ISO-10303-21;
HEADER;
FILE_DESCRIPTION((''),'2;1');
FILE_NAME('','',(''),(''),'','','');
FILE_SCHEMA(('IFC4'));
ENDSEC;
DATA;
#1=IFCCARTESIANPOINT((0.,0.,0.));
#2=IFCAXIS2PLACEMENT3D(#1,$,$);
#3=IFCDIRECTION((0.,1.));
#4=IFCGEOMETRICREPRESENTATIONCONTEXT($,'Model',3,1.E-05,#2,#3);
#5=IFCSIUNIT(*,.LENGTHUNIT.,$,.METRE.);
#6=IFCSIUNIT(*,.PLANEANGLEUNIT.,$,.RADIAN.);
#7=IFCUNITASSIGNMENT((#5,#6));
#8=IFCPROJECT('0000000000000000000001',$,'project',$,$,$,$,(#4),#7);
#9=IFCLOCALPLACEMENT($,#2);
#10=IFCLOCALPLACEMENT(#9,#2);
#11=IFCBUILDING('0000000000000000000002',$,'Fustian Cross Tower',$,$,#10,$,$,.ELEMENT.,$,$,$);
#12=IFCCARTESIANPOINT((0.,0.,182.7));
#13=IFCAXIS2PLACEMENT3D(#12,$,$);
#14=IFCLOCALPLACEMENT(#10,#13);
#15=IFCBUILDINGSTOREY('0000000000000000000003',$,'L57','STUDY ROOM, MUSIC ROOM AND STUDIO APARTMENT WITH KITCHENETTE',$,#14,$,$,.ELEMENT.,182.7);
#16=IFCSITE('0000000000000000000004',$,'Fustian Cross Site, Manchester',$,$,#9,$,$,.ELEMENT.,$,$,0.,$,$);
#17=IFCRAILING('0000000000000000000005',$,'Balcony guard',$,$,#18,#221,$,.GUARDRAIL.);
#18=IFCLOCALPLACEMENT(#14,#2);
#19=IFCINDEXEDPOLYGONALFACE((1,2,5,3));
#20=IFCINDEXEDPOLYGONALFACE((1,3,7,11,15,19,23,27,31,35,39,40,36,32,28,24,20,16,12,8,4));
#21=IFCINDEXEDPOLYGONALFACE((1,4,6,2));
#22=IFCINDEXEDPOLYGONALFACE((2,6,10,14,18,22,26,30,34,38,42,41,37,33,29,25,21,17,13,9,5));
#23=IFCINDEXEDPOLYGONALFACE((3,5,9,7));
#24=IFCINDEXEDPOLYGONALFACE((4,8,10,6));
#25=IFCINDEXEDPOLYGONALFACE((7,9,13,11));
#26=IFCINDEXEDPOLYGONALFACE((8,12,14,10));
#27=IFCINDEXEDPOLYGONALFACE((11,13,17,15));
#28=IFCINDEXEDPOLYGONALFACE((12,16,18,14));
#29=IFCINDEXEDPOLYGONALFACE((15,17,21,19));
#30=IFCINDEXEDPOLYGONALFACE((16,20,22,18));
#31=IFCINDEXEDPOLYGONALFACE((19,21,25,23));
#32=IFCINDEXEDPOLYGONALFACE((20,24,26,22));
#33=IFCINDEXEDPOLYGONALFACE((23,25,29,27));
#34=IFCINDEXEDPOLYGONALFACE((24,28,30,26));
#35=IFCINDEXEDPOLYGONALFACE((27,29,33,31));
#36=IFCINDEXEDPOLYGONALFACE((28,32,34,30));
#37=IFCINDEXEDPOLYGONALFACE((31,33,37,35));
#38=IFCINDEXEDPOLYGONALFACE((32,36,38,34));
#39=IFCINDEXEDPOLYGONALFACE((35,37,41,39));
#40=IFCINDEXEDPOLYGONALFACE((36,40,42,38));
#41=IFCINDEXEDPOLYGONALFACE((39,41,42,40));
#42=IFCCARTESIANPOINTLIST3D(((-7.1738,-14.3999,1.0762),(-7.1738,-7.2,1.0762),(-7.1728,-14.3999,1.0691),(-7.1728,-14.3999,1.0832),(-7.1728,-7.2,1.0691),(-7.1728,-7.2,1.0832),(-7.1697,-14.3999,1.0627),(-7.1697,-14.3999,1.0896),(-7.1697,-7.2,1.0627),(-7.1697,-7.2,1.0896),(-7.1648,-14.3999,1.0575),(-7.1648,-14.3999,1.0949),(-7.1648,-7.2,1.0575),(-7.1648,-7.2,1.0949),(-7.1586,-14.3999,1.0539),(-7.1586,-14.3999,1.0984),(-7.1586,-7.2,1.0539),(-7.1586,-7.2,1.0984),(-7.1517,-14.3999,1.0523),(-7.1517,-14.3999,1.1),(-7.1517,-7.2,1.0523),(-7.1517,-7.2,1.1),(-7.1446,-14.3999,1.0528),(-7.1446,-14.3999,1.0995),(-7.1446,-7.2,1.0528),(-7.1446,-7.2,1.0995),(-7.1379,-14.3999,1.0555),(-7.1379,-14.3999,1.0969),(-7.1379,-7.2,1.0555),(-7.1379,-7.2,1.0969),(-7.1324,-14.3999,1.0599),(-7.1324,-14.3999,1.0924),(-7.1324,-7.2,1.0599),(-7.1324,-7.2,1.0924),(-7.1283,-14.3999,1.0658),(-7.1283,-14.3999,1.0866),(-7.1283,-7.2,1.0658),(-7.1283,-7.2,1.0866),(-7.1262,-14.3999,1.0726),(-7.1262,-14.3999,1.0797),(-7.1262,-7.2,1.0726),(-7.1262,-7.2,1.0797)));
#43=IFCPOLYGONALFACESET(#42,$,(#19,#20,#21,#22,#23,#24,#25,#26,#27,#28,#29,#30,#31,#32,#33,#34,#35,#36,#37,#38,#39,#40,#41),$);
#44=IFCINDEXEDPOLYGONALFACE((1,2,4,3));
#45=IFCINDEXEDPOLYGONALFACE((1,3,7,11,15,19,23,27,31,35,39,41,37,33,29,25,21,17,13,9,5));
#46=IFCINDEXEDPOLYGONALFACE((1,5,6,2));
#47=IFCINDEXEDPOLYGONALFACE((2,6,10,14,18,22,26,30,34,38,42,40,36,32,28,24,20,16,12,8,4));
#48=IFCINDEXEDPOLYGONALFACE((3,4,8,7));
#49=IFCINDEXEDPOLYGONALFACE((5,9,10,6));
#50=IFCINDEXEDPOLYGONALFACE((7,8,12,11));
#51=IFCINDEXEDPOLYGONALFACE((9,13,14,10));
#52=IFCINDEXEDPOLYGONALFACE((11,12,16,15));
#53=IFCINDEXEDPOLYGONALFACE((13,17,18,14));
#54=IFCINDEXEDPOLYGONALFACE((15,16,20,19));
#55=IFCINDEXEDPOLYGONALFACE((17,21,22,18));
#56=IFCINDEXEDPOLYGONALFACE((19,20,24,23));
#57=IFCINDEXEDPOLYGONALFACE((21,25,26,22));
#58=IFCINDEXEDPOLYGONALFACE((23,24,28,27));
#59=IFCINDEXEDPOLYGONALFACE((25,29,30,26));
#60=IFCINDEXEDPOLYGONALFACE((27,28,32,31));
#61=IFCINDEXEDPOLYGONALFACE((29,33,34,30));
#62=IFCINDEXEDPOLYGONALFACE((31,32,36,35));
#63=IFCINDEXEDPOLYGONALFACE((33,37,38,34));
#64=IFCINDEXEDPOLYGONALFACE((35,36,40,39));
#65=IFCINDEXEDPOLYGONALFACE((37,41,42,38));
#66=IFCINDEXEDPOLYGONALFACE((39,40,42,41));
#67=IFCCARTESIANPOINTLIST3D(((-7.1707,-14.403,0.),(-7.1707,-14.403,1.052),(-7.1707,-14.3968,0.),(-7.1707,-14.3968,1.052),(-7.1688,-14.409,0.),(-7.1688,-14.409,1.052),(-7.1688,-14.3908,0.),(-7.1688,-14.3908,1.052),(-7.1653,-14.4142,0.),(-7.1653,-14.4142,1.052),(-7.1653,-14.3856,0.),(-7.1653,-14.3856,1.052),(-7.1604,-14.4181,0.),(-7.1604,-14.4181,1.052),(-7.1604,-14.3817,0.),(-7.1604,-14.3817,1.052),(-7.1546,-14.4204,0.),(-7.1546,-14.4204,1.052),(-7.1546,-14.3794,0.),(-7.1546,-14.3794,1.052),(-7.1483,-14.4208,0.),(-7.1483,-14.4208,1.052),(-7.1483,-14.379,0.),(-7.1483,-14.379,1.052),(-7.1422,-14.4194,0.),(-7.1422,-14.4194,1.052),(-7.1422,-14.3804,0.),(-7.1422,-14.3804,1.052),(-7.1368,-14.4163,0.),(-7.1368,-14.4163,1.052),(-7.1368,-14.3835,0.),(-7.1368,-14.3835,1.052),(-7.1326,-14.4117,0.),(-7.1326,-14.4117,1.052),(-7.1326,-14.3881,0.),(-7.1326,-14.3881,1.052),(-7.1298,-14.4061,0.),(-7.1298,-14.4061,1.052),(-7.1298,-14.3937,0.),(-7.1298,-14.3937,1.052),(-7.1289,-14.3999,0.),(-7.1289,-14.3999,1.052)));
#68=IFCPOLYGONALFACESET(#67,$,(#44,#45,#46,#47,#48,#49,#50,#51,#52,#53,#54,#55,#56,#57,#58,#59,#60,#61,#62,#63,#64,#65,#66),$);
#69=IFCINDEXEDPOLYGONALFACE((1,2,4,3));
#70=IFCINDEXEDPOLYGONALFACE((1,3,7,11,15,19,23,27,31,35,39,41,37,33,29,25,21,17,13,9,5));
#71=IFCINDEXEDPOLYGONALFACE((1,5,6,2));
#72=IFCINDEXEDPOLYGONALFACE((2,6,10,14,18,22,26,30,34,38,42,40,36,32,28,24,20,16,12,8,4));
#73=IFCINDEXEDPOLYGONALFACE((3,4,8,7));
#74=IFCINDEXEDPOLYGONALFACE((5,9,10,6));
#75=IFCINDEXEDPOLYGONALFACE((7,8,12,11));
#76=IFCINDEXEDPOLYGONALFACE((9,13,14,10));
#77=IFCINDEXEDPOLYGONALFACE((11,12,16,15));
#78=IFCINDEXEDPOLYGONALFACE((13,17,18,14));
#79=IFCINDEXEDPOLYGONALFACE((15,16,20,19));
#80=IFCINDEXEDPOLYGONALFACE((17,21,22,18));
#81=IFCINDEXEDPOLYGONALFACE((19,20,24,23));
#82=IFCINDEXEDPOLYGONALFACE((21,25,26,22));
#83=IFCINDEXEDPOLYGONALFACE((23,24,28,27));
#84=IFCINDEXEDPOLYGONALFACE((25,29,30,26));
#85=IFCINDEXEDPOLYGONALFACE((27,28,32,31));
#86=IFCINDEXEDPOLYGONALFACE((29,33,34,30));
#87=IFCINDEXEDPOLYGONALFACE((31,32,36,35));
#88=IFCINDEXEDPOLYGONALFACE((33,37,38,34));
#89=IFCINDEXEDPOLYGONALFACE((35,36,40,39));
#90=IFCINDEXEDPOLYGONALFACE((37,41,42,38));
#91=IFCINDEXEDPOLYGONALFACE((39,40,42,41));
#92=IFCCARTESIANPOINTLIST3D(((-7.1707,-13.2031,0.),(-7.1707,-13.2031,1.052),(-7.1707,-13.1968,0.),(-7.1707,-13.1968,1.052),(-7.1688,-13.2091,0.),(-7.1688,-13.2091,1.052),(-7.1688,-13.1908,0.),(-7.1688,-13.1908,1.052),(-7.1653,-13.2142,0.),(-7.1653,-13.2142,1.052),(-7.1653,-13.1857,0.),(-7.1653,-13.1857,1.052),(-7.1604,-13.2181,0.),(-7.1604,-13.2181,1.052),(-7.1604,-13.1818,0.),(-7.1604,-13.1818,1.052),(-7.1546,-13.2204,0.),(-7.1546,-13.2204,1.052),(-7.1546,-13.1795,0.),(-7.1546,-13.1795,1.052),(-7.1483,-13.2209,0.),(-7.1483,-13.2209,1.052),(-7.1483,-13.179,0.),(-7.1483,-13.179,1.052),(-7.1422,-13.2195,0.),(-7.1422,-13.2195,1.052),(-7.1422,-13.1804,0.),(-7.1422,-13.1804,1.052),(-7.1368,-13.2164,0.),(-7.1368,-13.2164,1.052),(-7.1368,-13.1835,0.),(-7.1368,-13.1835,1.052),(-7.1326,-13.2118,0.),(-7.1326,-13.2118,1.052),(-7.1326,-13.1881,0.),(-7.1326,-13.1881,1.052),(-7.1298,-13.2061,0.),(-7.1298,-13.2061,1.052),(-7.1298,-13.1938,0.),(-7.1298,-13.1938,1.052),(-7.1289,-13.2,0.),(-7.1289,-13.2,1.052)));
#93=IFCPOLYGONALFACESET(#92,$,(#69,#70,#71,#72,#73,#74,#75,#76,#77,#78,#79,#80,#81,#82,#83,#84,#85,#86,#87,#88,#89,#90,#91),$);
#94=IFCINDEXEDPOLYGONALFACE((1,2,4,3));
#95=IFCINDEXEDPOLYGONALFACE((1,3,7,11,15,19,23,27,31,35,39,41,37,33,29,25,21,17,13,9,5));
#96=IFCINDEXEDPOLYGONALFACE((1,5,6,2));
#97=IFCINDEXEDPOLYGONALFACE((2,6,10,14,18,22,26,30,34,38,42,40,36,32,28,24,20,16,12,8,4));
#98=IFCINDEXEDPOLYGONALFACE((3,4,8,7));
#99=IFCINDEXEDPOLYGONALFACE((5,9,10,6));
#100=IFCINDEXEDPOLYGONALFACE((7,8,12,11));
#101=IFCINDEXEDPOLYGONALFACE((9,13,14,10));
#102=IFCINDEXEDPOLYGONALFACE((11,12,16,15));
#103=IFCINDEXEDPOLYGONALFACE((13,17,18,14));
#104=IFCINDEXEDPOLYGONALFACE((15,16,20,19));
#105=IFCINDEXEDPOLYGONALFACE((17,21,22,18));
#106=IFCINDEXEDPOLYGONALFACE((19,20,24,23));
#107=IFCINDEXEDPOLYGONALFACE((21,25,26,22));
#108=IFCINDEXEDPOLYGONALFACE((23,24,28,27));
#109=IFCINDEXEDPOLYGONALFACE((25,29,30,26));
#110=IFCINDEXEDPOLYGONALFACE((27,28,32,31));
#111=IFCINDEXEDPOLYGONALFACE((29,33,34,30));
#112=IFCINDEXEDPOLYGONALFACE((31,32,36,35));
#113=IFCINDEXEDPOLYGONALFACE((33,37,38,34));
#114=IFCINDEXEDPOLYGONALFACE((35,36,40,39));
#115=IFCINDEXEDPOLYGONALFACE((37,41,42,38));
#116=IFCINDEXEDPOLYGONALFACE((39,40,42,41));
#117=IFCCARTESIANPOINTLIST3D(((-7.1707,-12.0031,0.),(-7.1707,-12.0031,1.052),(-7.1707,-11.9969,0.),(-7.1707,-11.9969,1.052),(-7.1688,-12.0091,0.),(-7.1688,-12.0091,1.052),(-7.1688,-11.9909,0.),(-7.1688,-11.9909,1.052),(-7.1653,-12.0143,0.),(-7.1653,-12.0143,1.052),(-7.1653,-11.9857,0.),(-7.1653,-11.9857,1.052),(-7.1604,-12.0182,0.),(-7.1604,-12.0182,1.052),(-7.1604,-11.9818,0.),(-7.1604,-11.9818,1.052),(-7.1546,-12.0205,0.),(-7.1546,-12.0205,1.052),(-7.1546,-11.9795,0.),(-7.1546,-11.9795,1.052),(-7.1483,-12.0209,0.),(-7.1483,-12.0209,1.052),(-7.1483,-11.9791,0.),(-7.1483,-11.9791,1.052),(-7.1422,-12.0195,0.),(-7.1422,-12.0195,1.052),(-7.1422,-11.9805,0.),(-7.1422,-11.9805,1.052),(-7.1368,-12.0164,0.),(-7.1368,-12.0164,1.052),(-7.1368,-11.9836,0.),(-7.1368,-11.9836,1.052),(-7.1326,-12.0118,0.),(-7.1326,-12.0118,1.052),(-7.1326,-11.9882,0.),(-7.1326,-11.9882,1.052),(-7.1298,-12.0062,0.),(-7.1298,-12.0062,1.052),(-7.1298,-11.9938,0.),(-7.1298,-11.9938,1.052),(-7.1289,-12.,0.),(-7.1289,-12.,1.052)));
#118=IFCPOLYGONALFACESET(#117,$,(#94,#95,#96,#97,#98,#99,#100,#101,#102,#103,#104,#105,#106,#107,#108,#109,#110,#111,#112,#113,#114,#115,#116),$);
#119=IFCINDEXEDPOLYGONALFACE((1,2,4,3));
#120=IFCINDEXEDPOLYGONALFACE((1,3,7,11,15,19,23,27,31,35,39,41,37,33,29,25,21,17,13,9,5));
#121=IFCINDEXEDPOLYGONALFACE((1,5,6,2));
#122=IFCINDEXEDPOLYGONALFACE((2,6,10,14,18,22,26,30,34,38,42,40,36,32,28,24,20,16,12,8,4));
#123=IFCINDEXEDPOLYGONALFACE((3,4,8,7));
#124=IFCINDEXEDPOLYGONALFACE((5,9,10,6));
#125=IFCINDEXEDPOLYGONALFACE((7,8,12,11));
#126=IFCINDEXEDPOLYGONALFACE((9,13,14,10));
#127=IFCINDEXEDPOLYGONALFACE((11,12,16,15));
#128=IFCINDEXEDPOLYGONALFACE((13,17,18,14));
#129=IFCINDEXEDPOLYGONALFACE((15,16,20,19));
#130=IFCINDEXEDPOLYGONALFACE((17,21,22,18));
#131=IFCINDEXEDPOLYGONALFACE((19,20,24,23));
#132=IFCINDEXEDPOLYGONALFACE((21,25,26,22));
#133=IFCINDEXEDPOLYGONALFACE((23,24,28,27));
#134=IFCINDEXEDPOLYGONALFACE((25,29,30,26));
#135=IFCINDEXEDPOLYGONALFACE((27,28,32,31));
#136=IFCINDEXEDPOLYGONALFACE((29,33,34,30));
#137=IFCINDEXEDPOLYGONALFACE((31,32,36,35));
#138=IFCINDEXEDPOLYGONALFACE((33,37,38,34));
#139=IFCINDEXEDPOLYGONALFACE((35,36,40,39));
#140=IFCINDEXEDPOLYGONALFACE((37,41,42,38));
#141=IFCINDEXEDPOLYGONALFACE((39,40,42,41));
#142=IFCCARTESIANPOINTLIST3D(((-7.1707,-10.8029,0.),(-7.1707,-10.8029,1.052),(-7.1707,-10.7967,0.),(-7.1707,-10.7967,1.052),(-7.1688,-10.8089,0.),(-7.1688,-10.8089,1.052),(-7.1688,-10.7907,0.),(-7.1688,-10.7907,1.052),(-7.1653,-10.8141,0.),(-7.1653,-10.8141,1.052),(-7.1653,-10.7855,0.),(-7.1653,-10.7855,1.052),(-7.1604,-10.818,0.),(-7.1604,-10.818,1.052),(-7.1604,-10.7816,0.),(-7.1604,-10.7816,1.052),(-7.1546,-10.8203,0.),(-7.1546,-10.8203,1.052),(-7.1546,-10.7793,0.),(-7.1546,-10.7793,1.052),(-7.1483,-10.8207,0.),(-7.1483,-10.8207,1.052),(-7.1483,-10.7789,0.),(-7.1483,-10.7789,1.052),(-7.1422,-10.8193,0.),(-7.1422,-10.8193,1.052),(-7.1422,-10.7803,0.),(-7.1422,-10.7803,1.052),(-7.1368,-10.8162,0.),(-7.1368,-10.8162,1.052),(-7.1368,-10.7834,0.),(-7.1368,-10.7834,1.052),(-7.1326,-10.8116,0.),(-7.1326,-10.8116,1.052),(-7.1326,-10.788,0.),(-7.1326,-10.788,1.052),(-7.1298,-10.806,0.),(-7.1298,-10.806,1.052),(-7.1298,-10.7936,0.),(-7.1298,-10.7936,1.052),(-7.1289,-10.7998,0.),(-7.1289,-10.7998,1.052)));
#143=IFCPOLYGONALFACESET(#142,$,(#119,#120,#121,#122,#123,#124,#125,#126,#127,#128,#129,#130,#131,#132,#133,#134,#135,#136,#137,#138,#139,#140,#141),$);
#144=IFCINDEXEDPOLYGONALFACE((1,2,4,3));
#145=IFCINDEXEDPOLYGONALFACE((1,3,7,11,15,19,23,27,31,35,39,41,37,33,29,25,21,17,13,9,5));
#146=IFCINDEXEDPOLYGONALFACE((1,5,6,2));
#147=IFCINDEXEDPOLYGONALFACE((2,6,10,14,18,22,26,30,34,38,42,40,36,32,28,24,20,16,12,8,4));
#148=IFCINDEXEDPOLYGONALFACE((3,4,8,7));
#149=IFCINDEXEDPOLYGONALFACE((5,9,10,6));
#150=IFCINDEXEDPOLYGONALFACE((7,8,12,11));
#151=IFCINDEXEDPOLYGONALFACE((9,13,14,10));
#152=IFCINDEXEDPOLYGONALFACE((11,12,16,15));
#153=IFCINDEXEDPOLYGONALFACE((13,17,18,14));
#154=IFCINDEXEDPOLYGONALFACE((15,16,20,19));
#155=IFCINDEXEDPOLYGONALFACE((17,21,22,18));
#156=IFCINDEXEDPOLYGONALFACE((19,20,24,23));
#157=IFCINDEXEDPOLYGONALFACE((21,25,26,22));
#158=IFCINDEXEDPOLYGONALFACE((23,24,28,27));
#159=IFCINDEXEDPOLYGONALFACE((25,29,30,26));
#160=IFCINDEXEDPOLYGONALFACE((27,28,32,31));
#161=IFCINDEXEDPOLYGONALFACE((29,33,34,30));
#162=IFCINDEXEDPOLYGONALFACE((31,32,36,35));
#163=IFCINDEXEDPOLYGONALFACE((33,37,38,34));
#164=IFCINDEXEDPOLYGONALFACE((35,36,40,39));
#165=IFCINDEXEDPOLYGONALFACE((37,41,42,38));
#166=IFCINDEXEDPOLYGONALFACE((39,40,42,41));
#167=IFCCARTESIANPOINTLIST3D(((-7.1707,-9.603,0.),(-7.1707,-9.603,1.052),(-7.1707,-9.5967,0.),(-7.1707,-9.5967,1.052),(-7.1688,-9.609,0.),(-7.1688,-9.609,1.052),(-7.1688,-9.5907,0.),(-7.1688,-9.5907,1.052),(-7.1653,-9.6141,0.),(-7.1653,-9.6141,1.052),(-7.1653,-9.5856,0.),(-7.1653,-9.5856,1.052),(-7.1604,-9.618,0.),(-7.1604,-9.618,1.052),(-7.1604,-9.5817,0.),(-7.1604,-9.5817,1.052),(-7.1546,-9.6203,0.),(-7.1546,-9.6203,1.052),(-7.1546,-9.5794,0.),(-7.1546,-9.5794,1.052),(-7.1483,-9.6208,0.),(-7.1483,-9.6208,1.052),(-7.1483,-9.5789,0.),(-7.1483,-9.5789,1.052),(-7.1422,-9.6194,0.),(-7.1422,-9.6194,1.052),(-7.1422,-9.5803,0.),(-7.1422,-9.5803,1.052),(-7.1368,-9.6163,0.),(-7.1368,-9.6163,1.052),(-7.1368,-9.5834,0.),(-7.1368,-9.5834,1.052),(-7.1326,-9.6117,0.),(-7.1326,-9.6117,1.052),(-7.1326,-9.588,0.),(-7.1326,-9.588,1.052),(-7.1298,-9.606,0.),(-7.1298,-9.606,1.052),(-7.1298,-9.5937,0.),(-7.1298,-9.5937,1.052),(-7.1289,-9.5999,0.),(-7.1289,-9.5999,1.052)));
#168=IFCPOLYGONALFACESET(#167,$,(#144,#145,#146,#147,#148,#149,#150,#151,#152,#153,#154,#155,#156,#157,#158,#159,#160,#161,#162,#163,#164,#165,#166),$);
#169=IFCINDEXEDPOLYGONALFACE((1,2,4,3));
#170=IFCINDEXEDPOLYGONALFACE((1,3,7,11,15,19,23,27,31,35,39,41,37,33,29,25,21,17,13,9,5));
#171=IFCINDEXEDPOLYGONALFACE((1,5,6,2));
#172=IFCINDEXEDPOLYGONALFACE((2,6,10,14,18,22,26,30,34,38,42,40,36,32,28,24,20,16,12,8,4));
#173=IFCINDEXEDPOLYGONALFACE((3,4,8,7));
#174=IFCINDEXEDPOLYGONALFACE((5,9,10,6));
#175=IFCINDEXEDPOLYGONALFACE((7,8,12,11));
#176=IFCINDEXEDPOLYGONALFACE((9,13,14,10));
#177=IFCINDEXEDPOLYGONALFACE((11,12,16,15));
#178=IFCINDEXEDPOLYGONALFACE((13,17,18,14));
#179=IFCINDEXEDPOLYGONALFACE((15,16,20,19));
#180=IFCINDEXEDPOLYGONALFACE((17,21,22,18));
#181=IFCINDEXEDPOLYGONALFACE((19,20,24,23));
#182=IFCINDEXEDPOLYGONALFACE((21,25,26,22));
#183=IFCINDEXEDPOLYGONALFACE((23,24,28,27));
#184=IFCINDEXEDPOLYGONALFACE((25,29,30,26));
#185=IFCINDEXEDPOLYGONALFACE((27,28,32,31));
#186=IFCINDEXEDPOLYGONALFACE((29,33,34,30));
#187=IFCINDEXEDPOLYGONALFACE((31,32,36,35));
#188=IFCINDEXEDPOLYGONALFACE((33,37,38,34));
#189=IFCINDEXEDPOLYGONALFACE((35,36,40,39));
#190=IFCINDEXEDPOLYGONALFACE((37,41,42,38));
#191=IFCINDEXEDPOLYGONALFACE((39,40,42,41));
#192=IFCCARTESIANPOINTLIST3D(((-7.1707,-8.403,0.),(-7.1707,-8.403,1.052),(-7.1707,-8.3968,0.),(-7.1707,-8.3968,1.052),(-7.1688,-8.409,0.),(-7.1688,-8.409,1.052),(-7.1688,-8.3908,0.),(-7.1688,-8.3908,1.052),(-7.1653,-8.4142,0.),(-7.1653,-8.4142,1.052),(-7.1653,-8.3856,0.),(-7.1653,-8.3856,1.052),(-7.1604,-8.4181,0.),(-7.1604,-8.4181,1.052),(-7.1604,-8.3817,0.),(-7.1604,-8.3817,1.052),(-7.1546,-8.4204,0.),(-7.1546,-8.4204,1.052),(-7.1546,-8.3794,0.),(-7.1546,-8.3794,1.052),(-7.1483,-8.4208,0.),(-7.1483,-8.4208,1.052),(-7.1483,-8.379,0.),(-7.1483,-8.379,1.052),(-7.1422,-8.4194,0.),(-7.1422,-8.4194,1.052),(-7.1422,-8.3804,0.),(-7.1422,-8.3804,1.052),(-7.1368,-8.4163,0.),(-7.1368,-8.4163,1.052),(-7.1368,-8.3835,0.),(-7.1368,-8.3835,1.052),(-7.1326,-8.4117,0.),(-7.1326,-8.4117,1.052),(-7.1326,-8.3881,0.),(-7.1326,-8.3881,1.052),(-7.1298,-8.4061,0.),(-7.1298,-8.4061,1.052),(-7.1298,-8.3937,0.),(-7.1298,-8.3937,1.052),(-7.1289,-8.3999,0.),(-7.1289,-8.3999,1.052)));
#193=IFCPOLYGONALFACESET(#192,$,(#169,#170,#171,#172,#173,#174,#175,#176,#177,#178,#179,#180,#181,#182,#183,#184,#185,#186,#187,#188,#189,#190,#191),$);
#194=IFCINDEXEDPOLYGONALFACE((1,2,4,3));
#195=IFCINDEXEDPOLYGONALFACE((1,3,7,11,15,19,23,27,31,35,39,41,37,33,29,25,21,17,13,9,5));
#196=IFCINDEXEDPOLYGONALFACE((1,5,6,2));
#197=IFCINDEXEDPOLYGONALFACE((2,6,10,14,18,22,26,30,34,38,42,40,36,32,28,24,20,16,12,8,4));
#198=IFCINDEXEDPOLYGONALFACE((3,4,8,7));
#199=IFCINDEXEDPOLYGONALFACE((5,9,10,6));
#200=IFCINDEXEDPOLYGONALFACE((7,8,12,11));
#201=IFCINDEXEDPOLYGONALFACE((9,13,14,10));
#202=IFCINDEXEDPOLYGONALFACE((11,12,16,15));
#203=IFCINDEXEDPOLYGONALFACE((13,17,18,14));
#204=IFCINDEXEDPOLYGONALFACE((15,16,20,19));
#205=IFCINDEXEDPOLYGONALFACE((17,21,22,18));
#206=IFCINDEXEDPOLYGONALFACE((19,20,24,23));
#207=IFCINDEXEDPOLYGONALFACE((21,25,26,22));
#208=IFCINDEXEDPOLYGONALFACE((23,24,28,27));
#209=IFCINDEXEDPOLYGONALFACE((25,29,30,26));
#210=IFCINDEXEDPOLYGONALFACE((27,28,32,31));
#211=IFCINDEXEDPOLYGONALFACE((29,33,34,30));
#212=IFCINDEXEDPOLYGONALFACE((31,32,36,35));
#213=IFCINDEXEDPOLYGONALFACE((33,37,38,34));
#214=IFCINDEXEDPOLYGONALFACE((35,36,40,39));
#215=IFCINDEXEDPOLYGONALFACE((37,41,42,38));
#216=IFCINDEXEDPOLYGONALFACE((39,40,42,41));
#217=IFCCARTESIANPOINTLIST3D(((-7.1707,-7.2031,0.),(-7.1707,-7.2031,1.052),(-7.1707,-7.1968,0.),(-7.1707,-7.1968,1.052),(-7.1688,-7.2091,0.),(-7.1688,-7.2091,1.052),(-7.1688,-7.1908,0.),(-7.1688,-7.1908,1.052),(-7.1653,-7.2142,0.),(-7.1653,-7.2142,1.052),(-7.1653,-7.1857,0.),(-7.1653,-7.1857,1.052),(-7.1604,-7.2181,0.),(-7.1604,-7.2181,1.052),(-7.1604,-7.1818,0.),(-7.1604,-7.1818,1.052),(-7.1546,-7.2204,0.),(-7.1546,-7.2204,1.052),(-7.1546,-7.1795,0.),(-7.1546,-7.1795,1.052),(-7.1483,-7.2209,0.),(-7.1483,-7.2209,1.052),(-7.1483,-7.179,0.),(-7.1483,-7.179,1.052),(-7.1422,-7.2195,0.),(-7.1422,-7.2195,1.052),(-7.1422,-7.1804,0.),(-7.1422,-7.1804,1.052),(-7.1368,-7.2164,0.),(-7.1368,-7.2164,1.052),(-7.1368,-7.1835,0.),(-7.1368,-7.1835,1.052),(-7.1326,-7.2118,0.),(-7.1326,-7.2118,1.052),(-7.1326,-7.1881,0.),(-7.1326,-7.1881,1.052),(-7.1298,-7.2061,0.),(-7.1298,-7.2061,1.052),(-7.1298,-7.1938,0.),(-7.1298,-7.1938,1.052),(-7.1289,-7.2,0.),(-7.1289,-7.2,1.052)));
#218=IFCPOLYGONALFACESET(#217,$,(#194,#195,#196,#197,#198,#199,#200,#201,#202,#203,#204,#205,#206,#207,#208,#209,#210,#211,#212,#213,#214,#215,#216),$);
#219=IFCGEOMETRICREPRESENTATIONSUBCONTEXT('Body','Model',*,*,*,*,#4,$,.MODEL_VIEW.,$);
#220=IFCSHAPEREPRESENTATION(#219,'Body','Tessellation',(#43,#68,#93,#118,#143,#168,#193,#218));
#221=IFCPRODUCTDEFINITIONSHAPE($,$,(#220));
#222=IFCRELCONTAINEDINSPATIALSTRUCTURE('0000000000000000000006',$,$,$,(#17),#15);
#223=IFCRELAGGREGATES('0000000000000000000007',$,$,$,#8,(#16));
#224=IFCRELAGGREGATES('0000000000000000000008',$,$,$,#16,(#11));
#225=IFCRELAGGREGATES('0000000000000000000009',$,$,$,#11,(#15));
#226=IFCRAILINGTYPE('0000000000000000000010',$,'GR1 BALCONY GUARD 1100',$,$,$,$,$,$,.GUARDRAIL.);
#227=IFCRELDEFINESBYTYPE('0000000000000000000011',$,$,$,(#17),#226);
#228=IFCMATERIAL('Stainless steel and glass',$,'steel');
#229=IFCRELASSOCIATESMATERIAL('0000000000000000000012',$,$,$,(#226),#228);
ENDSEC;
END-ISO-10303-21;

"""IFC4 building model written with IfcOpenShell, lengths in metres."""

from ifc_helpers import new_model, si_unit, direction, frame, origin, origin_2d, place, context, subcontext, project, spatial, circle, extrude, material, type_object, element, save


model = new_model("IFC4")

# Units and contexts
model_context = context("Model", 3, precision=1e-05, world=origin(), true_north=direction((0.0, 1.0)))
body_context = subcontext(model_context, "Body", "Model", "MODEL_VIEW")
ifc_project = project(units=[si_unit("LENGTHUNIT", "METRE"), si_unit("PLANEANGLEUNIT", "RADIAN")], contexts=[model_context])

# Site, building, storey
site_placement = place(None, origin())
site = spatial("IfcSite", under=ifc_project, at=site_placement, Name="Fustian Cross Site, Manchester", CompositionType="ELEMENT", RefElevation=0.0)
building_placement = place(site_placement, origin())
building = spatial("IfcBuilding", under=site, at=building_placement, Name="Fustian Cross Tower", CompositionType="ELEMENT")
storey_placement = place(building_placement, frame((0.0, 0.0, 182.7)))
storey = spatial("IfcBuildingStorey", under=building, at=storey_placement, Name="L57", Description="STUDY ROOM, MUSIC ROOM AND STUDIO APARTMENT WITH KITCHENETTE", CompositionType="ELEMENT", Elevation=182.7)

# Railing
ifc_material_1 = material(Name="Stainless steel and glass", Category="steel")
railing_type = type_object("IfcRailingType", Name="GR1 BALCONY GUARD 1100", PredefinedType="GUARDRAIL", material=ifc_material_1)
railing_placement = place(storey_placement, frame((-7.1499, -14.3999, 0.0)))
element("IfcRailing", 1, at=railing_placement, inside=storey, type_object=railing_type, Name="Balcony guard", PredefinedType="GUARDRAIL", context=body_context, shape_type="SweptSolid", body=[
    extrude(circle(Radius=0.0239, at=origin_2d()), frame((0.0, 0.0, 1.0762), z_axis=(0.0, 1.0, 0.0), x_axis=(-1.0, 0.0, 0.0)), (0.0, 0.0, 1.0), 7.2),
    extrude(circle(Radius=0.021, at=origin_2d()), origin(), (0.0, 0.0, 1.0), 1.052),
    extrude(circle(Radius=0.021, at=origin_2d()), frame((0.0, 1.2, 0.0)), (0.0, 0.0, 1.0), 1.052),
    extrude(circle(Radius=0.021, at=origin_2d()), frame((0.0, 2.3999, 0.0)), (0.0, 0.0, 1.0), 1.052),
    extrude(circle(Radius=0.021, at=origin_2d()), frame((0.0, 3.6001, 0.0)), (0.0, 0.0, 1.0), 1.052),
    extrude(circle(Radius=0.021, at=origin_2d()), frame((0.0, 4.8, 0.0)), (0.0, 0.0, 1.0), 1.052),
    extrude(circle(Radius=0.021, at=origin_2d()), frame((0.0, 6.0, 0.0)), (0.0, 0.0, 1.0), 1.052),
    extrude(circle(Radius=0.021, at=origin_2d()), frame((0.0, 7.2, 0.0)), (0.0, 0.0, 1.0), 1.052),
])

save(model, "model.ifc")
